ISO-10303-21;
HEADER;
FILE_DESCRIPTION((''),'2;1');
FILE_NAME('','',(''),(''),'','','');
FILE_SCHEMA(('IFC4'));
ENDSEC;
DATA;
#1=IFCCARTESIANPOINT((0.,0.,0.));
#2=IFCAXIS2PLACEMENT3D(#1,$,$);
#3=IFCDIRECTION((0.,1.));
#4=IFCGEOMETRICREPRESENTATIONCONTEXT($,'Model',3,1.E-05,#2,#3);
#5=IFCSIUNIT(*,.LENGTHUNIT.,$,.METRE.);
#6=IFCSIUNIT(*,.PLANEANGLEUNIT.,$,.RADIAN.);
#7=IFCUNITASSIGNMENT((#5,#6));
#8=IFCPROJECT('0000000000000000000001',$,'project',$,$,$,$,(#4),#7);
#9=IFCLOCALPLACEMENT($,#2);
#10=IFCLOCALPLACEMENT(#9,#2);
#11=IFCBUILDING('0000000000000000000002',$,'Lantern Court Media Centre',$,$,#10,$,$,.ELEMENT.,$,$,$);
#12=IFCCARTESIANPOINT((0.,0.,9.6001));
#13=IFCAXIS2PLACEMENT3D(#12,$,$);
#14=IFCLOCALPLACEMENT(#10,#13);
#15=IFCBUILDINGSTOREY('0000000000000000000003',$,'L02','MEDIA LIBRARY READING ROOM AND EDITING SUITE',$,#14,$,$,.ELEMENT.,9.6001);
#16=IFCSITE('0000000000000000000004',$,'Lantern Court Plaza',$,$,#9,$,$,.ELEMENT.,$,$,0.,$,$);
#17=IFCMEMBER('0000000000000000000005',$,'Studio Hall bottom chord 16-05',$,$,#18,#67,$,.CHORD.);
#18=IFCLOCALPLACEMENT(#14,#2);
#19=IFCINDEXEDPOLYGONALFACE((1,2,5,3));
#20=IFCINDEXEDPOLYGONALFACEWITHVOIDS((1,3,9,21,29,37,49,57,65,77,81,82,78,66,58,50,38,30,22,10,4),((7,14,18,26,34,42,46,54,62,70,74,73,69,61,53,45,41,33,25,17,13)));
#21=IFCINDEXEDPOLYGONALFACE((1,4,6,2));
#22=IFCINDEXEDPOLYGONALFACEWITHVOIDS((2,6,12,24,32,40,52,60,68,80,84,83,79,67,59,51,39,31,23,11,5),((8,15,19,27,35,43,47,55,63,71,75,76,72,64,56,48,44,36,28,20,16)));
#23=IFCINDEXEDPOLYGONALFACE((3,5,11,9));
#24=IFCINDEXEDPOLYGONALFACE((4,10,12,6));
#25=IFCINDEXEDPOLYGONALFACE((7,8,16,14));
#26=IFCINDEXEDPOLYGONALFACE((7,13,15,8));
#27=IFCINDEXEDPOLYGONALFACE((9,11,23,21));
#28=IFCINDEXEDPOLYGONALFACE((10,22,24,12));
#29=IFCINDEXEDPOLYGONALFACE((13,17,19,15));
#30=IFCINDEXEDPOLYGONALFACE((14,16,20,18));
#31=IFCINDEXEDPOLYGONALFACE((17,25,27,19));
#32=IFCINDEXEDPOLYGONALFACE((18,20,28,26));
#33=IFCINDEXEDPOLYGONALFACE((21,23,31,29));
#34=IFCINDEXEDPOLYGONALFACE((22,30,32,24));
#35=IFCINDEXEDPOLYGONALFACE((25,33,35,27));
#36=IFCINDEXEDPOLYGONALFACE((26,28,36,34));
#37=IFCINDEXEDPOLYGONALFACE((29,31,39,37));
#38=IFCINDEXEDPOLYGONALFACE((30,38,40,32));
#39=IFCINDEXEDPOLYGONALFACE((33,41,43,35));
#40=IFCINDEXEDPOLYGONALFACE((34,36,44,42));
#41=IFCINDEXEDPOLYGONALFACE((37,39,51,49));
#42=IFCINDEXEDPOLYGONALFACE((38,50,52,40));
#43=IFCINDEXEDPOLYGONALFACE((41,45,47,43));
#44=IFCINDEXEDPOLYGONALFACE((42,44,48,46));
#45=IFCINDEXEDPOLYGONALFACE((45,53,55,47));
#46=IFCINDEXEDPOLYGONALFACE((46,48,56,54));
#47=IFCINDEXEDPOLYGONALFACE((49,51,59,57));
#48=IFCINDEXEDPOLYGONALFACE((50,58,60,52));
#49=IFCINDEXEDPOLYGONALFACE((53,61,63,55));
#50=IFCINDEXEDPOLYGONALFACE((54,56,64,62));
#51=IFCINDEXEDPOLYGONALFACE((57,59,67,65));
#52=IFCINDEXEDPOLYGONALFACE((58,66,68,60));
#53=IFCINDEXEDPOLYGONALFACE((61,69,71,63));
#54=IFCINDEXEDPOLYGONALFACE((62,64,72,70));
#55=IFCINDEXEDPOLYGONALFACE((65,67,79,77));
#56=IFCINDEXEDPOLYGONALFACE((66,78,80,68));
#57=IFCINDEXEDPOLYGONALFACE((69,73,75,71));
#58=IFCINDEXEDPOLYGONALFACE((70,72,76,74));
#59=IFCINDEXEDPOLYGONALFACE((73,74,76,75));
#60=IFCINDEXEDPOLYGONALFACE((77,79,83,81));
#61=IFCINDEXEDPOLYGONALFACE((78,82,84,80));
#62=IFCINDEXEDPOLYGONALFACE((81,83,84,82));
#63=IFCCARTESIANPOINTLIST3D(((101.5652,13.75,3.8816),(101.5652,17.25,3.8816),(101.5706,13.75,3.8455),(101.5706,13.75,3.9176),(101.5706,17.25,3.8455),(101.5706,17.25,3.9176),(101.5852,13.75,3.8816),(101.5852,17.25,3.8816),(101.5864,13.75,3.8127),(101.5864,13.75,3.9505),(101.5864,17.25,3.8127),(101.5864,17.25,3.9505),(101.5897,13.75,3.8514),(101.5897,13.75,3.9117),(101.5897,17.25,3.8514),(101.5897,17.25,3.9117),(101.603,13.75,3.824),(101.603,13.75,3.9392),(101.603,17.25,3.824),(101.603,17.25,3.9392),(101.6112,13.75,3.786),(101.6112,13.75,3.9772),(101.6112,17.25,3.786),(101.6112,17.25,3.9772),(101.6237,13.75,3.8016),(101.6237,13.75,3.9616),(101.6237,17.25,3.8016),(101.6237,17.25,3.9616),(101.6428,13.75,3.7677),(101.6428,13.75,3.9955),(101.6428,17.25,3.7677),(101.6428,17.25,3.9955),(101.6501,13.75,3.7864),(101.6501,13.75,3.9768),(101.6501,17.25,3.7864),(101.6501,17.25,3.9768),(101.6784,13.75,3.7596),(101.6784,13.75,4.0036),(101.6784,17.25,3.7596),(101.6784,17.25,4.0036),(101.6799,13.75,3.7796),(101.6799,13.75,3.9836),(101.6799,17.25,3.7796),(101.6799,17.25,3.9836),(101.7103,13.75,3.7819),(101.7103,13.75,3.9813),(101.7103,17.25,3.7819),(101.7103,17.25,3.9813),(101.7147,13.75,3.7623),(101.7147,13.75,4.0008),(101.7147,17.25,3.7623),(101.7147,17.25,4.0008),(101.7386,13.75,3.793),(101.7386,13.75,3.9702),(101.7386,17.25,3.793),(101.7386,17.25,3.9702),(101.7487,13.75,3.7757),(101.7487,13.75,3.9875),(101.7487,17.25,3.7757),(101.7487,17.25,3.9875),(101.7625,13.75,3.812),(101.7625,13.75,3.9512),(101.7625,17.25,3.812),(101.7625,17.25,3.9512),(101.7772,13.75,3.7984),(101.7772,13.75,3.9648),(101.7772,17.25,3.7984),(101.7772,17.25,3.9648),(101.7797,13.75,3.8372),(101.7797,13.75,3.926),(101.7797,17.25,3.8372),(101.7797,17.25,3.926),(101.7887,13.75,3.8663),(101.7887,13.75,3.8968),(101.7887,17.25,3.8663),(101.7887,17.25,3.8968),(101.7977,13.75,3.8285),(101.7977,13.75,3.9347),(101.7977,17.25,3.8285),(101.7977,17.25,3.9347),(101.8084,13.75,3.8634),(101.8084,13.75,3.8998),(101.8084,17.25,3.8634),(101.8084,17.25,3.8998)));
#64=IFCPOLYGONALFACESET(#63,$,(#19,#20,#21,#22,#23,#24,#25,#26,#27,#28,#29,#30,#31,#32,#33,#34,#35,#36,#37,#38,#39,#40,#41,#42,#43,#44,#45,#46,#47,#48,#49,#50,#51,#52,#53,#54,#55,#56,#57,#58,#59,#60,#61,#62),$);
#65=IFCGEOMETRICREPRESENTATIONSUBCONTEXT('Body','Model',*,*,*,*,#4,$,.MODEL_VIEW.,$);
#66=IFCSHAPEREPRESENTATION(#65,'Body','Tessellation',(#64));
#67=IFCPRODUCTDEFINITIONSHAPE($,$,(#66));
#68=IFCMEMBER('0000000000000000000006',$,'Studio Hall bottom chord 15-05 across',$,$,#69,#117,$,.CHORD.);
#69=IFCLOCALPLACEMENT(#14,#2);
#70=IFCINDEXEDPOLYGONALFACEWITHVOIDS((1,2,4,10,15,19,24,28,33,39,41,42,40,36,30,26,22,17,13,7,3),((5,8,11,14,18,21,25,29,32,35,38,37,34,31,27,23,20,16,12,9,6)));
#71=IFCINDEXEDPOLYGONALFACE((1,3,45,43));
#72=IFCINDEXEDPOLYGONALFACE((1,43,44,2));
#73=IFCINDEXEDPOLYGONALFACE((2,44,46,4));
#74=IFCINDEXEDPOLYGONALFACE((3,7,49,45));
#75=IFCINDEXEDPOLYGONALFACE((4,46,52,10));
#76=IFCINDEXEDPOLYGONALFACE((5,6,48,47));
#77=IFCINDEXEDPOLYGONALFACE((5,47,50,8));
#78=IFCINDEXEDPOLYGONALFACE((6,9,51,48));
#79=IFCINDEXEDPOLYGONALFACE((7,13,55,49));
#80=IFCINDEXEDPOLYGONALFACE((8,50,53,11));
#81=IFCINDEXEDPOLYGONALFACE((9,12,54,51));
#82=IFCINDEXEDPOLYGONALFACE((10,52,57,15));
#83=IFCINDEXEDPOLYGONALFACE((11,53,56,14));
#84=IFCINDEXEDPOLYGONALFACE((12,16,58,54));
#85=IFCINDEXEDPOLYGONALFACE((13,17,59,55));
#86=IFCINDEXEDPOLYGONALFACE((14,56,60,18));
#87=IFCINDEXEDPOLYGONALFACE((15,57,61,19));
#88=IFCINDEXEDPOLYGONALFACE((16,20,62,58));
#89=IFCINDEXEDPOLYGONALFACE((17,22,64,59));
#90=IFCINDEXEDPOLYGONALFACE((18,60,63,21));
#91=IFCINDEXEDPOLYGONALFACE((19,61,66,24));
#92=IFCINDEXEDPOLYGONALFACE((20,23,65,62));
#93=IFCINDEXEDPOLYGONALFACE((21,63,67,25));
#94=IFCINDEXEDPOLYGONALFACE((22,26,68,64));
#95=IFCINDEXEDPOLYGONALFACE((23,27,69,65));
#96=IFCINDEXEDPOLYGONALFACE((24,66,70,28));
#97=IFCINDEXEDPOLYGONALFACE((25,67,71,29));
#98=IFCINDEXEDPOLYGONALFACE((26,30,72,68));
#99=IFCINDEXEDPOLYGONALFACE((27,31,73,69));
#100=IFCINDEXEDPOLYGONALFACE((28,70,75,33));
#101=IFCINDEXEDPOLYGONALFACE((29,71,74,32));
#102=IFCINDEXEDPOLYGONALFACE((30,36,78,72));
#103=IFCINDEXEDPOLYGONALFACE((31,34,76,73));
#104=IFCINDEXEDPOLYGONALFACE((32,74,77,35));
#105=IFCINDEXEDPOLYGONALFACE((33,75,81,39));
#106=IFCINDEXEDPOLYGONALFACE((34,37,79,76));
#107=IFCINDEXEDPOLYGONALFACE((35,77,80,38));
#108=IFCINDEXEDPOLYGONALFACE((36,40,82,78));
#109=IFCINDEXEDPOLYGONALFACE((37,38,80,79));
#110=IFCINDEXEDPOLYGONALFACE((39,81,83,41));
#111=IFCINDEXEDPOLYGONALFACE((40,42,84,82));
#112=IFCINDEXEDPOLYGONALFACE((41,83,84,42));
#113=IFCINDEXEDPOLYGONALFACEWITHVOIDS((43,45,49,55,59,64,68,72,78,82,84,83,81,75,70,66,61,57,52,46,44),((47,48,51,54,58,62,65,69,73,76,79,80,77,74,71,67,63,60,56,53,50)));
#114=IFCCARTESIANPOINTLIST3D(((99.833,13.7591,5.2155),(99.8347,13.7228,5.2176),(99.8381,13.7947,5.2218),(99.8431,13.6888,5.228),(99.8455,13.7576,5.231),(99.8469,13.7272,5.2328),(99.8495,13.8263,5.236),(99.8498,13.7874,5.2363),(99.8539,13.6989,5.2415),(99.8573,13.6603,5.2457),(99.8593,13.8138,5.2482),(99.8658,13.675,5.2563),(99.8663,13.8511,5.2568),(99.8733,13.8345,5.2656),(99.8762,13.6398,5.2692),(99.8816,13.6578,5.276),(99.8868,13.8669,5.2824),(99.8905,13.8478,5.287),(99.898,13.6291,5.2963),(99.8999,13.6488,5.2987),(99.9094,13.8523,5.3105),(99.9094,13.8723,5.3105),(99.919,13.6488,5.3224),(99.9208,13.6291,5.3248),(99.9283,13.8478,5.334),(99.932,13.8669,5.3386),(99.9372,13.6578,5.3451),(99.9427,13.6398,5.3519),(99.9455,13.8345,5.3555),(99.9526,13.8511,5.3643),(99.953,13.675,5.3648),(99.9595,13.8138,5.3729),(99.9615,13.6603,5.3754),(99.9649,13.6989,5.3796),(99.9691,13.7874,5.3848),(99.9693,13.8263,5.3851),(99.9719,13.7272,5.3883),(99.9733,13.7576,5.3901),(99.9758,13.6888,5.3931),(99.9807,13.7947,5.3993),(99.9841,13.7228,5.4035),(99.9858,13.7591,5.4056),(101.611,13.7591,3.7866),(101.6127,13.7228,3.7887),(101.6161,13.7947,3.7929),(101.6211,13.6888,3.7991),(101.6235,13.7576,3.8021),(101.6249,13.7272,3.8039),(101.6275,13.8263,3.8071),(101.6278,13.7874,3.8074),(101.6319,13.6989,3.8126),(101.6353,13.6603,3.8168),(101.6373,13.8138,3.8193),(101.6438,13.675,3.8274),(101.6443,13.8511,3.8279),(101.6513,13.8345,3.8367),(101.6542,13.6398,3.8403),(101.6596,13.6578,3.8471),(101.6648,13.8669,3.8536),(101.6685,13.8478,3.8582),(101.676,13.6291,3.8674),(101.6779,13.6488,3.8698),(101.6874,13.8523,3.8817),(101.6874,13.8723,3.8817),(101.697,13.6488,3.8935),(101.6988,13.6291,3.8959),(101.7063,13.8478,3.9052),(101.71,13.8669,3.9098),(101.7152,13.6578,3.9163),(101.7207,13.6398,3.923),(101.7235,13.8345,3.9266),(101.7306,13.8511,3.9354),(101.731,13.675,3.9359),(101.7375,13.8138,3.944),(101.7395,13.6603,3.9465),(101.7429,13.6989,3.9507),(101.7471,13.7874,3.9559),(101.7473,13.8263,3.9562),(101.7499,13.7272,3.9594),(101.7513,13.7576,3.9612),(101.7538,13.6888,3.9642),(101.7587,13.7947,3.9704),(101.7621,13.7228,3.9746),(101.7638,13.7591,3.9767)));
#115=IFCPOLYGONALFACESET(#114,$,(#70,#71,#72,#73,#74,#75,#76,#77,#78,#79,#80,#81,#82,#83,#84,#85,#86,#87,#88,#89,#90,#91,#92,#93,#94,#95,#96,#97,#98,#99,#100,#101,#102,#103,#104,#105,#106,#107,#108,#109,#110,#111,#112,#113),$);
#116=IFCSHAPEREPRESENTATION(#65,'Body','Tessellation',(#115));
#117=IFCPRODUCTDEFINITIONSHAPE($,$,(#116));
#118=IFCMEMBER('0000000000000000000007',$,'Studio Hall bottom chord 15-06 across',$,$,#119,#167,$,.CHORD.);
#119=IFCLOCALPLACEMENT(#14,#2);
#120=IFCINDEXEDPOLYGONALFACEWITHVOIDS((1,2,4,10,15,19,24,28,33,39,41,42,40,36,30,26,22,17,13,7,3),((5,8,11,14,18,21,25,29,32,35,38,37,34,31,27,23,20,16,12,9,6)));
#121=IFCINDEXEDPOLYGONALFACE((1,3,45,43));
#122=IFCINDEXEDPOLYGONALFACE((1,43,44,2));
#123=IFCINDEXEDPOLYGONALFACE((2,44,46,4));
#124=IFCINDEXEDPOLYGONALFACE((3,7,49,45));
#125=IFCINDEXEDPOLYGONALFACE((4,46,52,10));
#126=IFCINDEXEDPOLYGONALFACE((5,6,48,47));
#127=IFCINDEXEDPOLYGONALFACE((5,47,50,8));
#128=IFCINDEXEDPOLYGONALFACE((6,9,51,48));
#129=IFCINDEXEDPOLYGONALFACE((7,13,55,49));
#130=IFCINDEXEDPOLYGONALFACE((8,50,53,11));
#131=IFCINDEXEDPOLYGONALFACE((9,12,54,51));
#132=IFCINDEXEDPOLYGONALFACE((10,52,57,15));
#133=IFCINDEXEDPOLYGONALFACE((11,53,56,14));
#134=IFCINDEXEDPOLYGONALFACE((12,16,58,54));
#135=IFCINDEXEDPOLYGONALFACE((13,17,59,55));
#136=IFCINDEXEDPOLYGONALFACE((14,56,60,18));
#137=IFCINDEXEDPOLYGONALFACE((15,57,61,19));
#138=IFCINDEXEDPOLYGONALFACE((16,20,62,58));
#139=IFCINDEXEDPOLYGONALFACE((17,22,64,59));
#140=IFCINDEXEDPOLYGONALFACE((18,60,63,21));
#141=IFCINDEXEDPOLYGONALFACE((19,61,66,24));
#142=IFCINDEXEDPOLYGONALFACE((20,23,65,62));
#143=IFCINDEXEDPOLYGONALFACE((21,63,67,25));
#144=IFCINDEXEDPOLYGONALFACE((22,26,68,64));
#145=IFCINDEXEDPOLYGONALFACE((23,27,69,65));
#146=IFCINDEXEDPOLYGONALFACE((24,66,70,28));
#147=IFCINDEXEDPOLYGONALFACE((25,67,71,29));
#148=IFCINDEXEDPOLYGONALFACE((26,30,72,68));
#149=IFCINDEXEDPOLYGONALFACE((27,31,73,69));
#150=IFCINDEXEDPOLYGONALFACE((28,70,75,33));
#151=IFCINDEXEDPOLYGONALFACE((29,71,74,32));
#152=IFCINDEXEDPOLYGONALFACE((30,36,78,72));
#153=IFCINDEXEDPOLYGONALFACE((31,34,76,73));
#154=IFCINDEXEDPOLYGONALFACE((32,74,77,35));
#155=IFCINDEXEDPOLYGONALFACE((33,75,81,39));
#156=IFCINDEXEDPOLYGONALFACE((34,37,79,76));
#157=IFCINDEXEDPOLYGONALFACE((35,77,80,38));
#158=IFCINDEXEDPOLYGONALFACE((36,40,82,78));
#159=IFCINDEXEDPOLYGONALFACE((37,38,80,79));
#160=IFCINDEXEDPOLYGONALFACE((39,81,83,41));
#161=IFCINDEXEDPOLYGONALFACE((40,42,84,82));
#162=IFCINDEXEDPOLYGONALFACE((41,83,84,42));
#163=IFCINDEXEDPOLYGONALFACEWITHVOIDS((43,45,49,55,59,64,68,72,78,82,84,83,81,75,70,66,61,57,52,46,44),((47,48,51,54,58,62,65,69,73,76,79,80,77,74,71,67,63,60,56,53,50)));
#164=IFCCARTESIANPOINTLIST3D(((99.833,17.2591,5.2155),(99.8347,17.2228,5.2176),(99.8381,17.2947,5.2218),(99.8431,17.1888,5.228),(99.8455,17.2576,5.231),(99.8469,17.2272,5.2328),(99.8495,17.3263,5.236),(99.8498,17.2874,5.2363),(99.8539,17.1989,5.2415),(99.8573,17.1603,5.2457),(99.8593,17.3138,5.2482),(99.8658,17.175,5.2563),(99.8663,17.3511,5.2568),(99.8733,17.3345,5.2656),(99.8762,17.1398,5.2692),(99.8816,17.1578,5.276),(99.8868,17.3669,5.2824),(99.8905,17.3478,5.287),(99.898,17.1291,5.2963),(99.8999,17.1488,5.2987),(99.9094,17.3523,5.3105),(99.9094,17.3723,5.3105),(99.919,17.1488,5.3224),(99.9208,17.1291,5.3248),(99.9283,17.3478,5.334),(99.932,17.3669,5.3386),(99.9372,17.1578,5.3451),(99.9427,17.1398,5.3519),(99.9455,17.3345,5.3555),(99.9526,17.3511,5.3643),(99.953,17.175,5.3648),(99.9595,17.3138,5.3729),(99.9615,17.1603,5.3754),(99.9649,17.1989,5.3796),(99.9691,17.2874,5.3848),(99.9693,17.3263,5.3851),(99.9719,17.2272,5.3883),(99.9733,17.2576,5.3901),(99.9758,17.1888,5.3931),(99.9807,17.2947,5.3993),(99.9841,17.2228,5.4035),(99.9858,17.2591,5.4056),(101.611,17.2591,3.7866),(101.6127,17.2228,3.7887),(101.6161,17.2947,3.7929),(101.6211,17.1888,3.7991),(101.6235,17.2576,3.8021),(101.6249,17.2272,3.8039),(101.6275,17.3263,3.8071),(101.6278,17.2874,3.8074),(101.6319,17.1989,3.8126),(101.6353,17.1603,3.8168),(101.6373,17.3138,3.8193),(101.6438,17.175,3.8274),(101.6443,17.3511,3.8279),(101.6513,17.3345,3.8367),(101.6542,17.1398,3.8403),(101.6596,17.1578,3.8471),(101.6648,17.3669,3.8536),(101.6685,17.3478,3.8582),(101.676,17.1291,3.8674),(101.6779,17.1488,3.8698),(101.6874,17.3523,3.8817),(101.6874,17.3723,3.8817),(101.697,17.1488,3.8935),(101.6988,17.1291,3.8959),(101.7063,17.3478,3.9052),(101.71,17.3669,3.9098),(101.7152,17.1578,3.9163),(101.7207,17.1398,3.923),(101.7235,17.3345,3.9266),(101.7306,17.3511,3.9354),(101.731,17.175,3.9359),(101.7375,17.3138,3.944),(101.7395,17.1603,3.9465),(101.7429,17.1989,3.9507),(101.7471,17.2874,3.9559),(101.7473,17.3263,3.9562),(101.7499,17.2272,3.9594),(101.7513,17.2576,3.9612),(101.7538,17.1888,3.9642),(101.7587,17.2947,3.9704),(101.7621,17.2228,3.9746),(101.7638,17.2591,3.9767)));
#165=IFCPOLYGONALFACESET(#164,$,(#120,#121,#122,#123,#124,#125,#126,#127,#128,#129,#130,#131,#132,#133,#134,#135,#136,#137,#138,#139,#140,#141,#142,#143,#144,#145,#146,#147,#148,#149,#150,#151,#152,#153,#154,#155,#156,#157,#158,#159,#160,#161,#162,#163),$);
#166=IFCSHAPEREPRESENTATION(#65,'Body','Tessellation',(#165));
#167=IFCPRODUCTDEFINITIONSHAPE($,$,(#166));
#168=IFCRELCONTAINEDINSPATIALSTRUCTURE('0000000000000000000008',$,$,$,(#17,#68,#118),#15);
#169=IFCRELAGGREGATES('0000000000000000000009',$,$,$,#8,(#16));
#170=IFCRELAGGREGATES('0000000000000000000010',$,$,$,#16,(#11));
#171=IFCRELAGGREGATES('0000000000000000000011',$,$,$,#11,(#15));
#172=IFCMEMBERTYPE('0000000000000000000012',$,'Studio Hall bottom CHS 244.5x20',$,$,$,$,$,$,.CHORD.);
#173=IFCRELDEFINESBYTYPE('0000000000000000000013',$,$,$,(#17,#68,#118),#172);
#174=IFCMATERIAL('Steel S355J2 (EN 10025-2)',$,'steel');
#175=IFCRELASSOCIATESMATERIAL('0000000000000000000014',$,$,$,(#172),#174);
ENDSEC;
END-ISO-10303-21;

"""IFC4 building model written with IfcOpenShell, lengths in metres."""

from ifc_helpers import new_model, si_unit, direction, frame, origin, origin_2d, place, context, subcontext, project, spatial, hollow_circle, extrude, material, material_profile, profile_set, type_object, element, save


model = new_model("IFC4")

# Units and contexts
model_context = context("Model", 3, precision=1e-05, world=origin(), true_north=direction((0.0, 1.0)))
body_context = subcontext(model_context, "Body", "Model", "MODEL_VIEW")
ifc_project = project(units=[si_unit("LENGTHUNIT", "METRE"), si_unit("PLANEANGLEUNIT", "RADIAN")], contexts=[model_context])

# Site, building, storey
site_placement = place(None, origin())
site = spatial("IfcSite", under=ifc_project, at=site_placement, Name="Lantern Court Plaza", CompositionType="ELEMENT", RefElevation=0.0)
building_placement = place(site_placement, origin())
building = spatial("IfcBuilding", under=site, at=building_placement, Name="Lantern Court Media Centre", CompositionType="ELEMENT")
storey_placement = place(building_placement, frame((0.0, 0.0, 9.6001)))
storey = spatial("IfcBuildingStorey", under=building, at=storey_placement, Name="L02", Description="MEDIA LIBRARY READING ROOM AND EDITING SUITE", CompositionType="ELEMENT", Elevation=9.6001)

# Members
ifc_material_1 = material(Name="Steel S355J2 (EN 10025-2)", Category="steel")
ifc_material_profile_1 = material_profile(ifc_material_1, hollow_circle(Radius=0.1223, WallThickness=0.02, at=origin_2d()), Name="Studio Hall bottom CHS 244.5x20")
ifc_profile_set_1 = profile_set([ifc_material_profile_1], Name="Steel S355J2 (EN 10025-2)")
member_type_1 = type_object("IfcMemberType", Name="Studio Hall bottom CHS 244.5x20", PredefinedType="CHORD", material=ifc_profile_set_1)
member_1_placement = place(storey_placement, frame((101.6875, 13.75, 3.8816), z_axis=(0.0, 1.0, 0.0), x_axis=(-1.0, 0.0, 0.0)))
element("IfcMember", 1, at=member_1_placement, inside=storey, type_object=member_type_1, Name="Studio Hall bottom chord 16-05", PredefinedType="CHORD", context=body_context, shape_type="SweptSolid", body=[
    extrude(hollow_circle(Radius=0.1223, WallThickness=0.02, at=origin_2d()), origin(), (0.0, 0.0, 1.0), 3.5),
])
for number, where, z_axis, x_axis, name in (
    (2, (99.9094, 13.75, 5.3105), (0.779478, 0.0, -0.626429), (0.0, 1.0, 0.0), "Studio Hall bottom chord 15-05 across"),
    (3, (99.9094, 17.25, 5.3105), (0.779478, 0.0, -0.626429), (0.0, 1.0, 0.0), "Studio Hall bottom chord 15-06 across"),
):
    element("IfcMember", number, at=place(storey_placement, frame(where, z_axis=z_axis, x_axis=x_axis)), inside=storey, type_object=member_type_1, Name=name, PredefinedType="CHORD", context=body_context, shape_type="SweptSolid", body=[
        extrude(hollow_circle(Radius=0.1223, WallThickness=0.02, at=origin_2d()), origin(), (0.0, 0.0, 1.0), 2.281),
    ])

save(model, "model.ifc")
